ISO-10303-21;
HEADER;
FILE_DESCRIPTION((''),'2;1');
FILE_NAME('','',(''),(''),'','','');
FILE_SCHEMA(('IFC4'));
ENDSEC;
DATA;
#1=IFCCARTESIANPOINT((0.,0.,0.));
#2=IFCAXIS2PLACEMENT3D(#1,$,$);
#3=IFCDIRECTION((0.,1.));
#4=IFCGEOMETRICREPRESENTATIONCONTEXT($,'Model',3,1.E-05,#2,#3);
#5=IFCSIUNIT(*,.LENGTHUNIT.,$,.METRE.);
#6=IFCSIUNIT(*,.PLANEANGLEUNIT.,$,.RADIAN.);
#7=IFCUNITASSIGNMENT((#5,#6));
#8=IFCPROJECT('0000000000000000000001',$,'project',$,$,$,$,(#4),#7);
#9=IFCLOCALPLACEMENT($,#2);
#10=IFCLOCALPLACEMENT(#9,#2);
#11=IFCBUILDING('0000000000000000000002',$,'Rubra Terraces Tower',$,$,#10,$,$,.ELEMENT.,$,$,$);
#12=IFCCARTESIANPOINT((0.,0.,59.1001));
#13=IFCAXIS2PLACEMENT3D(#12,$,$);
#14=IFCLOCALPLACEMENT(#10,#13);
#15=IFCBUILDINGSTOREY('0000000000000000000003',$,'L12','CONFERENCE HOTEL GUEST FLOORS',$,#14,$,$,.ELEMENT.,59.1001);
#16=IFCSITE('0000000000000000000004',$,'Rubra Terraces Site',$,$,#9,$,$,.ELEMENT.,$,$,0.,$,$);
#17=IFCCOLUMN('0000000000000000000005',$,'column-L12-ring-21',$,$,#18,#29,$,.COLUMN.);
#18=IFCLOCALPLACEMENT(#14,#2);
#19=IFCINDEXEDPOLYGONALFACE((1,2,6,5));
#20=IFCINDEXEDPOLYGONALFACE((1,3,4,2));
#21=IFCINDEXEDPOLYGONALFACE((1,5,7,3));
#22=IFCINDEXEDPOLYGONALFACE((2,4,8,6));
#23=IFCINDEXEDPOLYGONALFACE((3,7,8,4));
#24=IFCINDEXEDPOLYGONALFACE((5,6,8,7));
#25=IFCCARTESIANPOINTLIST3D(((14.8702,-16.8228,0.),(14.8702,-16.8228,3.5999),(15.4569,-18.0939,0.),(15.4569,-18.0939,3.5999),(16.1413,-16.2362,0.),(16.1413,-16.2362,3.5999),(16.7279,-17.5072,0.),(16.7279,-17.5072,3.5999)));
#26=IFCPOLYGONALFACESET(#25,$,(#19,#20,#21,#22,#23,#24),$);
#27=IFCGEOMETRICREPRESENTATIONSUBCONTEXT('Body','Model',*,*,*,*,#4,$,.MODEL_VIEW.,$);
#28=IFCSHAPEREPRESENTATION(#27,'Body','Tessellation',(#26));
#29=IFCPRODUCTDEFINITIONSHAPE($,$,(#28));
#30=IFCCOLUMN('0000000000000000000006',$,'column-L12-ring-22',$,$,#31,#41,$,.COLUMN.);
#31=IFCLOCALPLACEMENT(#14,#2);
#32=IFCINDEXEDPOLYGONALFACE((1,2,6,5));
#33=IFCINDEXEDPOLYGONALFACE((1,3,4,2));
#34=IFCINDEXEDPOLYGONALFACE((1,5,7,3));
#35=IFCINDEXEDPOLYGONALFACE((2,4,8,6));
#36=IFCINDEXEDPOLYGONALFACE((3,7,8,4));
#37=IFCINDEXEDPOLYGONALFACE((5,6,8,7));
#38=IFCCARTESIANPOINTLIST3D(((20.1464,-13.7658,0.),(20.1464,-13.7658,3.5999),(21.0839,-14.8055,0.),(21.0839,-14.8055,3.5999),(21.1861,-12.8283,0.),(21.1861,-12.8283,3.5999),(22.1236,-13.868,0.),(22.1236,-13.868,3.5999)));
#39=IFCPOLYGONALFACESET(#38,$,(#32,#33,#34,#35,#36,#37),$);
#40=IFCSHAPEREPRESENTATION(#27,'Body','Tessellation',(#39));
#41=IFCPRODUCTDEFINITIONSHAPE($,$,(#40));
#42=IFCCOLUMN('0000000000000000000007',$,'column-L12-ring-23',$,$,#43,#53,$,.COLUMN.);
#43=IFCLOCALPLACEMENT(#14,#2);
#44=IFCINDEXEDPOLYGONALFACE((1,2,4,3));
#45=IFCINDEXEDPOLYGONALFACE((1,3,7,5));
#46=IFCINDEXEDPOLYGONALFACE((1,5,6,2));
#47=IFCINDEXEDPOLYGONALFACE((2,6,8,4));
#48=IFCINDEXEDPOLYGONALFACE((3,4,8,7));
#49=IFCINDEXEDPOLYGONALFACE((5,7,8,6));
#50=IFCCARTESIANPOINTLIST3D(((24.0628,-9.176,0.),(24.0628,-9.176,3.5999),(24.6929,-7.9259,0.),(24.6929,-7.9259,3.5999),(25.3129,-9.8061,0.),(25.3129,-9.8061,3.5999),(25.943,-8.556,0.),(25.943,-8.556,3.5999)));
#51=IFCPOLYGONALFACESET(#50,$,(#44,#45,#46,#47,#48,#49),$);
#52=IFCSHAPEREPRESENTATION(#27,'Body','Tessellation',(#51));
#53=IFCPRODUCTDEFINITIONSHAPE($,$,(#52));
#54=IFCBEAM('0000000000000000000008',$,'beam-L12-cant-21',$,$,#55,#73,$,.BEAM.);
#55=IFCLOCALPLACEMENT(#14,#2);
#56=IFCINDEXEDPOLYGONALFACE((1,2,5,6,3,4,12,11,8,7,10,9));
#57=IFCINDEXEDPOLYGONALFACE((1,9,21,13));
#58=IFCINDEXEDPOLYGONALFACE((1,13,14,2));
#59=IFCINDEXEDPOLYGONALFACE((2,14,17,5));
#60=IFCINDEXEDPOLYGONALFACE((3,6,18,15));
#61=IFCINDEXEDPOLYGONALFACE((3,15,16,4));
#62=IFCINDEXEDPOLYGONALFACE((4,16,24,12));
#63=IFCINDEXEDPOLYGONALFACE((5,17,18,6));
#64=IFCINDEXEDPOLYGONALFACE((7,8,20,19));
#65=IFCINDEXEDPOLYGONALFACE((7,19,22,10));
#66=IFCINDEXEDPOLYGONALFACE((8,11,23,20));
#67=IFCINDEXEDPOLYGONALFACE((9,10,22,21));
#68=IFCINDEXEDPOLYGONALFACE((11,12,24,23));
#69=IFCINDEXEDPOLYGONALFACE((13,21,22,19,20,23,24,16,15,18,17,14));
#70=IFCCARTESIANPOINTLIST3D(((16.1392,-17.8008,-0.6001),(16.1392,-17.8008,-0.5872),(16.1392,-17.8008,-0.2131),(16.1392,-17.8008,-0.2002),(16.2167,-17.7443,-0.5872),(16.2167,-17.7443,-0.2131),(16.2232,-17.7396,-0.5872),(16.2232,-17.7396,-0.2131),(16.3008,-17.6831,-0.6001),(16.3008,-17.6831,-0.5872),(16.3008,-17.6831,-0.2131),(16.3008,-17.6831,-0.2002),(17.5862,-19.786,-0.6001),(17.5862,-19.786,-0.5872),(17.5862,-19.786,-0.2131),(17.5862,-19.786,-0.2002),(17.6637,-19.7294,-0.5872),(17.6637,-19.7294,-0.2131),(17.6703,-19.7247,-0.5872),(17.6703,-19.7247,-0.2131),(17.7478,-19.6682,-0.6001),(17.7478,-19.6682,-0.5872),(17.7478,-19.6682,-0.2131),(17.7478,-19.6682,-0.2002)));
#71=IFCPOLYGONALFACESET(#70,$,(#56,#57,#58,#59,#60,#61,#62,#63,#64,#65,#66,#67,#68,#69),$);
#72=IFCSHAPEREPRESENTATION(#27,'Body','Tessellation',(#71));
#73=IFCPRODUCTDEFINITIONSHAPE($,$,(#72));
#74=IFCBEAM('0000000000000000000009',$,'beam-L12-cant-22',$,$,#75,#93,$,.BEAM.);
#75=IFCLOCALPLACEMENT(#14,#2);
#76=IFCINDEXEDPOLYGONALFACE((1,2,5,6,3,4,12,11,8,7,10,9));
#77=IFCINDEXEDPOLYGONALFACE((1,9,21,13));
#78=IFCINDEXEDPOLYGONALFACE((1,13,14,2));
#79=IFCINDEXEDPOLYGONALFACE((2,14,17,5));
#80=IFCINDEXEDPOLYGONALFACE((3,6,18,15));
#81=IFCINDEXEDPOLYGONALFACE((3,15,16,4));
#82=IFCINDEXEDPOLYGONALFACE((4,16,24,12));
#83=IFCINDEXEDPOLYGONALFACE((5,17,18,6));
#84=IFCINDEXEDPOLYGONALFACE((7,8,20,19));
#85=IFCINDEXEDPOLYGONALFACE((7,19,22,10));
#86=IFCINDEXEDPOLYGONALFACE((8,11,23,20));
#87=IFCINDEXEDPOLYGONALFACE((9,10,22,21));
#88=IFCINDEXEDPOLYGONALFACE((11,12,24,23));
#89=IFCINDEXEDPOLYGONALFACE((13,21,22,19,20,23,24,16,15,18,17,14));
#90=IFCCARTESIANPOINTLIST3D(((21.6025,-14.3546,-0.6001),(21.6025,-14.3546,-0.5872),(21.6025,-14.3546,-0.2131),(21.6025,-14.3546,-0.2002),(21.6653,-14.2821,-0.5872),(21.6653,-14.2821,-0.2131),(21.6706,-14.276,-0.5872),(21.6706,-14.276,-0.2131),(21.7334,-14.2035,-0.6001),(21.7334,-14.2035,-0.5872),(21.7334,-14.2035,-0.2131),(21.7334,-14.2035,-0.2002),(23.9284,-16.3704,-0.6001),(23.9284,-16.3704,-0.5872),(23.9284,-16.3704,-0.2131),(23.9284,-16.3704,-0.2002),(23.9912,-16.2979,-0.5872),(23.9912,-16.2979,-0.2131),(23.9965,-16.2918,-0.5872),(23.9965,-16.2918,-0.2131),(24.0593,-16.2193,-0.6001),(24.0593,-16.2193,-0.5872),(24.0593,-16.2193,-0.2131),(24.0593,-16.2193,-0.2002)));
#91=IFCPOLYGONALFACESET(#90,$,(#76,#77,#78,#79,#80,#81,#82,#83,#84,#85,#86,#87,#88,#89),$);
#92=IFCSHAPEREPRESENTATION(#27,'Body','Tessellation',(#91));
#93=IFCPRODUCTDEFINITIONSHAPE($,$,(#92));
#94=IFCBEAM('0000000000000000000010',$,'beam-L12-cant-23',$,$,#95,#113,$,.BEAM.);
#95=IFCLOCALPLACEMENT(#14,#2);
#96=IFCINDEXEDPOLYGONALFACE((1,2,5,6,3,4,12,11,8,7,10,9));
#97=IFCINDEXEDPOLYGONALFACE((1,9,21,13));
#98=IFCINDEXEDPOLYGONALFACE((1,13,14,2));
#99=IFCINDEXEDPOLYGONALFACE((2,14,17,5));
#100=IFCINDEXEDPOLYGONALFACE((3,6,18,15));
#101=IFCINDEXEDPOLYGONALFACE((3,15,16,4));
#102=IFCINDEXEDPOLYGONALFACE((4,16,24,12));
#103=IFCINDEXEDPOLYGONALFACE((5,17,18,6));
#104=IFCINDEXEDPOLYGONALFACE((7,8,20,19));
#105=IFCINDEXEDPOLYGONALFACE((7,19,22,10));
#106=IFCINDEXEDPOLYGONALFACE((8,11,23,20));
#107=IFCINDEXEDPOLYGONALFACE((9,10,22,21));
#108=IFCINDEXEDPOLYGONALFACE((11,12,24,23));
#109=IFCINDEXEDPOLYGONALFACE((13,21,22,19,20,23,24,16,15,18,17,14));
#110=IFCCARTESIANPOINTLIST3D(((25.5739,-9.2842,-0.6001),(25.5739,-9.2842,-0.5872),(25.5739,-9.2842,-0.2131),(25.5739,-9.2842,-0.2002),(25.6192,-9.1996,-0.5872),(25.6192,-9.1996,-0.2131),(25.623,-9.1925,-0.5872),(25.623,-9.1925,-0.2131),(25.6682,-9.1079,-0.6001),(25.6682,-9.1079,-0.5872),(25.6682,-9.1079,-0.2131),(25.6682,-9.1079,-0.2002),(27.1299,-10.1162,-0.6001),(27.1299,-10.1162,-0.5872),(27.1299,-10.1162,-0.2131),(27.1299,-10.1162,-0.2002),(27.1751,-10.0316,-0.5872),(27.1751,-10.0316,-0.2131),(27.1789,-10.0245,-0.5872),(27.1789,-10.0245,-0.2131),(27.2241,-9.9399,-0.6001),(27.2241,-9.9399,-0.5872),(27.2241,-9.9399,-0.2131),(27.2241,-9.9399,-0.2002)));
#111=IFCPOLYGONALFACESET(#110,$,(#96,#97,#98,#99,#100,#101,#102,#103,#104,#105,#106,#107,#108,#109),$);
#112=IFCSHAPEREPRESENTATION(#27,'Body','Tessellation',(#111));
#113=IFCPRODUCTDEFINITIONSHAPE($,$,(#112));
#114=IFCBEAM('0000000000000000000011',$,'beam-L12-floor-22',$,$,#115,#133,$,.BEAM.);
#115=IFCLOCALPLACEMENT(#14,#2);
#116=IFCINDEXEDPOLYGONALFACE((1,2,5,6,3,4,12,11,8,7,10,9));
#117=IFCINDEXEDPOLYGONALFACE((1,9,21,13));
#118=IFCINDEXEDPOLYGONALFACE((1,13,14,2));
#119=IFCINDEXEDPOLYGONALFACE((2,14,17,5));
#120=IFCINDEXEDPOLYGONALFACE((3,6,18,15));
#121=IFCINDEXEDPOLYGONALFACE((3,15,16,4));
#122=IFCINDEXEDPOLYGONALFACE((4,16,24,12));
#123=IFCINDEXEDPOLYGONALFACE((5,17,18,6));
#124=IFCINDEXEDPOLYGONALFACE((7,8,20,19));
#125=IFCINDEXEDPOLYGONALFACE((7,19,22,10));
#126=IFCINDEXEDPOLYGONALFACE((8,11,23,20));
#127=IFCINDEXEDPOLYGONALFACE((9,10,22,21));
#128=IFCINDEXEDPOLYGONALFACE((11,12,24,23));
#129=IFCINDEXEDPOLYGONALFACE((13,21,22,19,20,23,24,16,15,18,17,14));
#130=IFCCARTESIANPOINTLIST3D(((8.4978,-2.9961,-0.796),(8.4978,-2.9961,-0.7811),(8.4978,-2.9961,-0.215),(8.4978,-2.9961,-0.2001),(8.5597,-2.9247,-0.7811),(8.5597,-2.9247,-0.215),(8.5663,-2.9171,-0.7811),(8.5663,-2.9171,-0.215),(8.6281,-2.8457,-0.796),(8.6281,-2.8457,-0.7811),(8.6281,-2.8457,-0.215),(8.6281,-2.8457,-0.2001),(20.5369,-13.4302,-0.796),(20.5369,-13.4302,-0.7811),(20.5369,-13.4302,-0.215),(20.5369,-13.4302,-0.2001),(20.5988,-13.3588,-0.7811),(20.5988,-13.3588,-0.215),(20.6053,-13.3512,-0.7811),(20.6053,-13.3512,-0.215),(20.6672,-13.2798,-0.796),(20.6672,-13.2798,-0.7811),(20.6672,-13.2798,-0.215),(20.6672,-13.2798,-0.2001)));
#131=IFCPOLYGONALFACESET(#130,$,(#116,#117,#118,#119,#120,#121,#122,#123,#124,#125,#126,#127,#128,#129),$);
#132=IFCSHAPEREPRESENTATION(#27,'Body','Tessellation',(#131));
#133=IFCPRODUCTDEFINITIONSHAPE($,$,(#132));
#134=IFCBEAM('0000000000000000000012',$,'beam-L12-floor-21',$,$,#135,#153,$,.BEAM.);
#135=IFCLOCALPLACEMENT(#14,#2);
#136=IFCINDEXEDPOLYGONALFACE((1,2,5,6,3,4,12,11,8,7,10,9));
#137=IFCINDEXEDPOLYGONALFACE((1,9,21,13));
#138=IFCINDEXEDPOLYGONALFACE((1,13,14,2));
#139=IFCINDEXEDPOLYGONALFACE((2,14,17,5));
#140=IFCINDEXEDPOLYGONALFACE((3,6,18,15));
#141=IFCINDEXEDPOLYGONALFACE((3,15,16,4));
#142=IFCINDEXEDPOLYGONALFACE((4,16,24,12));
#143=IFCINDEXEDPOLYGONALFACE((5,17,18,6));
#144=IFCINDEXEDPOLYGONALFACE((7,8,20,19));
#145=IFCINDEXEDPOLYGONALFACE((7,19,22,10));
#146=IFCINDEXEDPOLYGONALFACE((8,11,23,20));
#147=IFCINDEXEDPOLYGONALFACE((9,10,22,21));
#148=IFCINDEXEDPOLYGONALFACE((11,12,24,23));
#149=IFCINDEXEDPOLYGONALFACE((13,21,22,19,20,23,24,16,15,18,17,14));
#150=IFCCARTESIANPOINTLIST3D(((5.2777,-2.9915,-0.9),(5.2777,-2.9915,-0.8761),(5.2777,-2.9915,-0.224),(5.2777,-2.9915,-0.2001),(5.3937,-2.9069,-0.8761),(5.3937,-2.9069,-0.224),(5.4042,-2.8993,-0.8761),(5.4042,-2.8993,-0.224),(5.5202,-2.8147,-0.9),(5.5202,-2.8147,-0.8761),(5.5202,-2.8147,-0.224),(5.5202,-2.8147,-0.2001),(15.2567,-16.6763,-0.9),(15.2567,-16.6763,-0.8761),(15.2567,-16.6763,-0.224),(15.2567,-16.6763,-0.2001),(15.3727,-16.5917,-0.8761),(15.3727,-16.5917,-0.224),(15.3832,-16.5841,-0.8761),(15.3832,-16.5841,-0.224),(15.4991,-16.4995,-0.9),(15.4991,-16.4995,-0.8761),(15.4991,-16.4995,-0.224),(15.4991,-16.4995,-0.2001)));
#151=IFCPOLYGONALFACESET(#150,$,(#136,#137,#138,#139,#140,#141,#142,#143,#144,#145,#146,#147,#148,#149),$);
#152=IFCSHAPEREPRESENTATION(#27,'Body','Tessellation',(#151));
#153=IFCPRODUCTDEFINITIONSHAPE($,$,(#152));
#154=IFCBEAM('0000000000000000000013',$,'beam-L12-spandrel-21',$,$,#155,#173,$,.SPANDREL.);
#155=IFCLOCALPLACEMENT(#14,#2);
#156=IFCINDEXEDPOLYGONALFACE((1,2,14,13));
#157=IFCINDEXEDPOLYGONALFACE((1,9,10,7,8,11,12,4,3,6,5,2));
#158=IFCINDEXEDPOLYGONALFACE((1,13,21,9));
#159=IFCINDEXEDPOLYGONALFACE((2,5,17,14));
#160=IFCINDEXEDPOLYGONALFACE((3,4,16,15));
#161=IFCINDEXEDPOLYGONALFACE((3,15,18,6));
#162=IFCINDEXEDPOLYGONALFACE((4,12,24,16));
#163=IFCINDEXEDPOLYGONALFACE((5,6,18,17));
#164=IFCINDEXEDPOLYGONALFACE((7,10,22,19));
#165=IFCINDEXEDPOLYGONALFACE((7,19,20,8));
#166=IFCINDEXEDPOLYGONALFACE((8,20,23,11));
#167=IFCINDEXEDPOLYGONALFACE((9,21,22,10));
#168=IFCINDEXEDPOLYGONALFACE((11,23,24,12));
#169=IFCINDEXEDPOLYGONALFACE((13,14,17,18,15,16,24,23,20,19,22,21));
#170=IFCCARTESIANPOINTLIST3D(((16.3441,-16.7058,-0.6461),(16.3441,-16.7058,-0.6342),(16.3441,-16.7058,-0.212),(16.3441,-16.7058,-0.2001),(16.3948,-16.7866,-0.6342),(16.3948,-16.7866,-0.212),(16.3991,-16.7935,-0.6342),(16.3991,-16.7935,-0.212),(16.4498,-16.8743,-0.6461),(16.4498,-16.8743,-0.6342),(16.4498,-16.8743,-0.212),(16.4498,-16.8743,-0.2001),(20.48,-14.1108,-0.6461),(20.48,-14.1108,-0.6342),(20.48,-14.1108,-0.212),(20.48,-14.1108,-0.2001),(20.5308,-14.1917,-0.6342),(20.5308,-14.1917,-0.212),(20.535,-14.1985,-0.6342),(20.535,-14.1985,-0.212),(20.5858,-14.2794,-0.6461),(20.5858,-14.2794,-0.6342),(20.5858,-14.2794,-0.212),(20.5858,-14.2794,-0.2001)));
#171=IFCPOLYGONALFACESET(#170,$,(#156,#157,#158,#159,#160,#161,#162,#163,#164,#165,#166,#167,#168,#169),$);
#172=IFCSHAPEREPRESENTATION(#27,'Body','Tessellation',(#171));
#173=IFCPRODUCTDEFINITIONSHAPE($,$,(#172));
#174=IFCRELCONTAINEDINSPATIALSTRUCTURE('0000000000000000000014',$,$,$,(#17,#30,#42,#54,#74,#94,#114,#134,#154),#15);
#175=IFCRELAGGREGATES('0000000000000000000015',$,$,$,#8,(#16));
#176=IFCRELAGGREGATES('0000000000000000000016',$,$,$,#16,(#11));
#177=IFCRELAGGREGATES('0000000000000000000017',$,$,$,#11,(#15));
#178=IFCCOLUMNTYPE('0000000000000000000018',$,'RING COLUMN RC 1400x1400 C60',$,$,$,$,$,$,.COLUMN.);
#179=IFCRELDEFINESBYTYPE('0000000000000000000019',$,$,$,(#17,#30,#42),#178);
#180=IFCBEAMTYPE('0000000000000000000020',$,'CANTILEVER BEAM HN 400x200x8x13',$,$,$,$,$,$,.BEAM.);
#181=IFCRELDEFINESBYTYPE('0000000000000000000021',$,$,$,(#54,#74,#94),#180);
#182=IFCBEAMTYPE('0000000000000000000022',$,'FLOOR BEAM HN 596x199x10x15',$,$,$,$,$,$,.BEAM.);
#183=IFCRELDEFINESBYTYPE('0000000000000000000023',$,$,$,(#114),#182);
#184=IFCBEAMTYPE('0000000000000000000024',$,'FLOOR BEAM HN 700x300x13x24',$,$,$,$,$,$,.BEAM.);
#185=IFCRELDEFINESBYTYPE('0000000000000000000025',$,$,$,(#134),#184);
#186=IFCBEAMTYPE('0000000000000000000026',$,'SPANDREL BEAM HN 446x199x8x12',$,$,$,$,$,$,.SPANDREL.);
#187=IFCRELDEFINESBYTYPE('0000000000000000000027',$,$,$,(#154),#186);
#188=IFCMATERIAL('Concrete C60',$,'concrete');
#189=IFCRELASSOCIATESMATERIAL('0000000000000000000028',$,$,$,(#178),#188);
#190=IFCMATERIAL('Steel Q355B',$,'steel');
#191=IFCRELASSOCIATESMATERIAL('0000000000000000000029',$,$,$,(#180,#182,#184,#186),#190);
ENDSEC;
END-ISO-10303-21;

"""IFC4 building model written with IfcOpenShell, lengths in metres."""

from ifc_helpers import new_model, si_unit, direction, frame, origin, origin_2d, place, context, subcontext, project, spatial, rectangle, i_section, extrude, material, material_profile, profile_set, type_object, element, save


model = new_model("IFC4")

# Units and contexts
model_context = context("Model", 3, precision=1e-05, world=origin(), true_north=direction((0.0, 1.0)))
body_context = subcontext(model_context, "Body", "Model", "MODEL_VIEW")
ifc_project = project(units=[si_unit("LENGTHUNIT", "METRE"), si_unit("PLANEANGLEUNIT", "RADIAN")], contexts=[model_context])

# Site, building, storey
site_placement = place(None, origin())
site = spatial("IfcSite", under=ifc_project, at=site_placement, Name="Rubra Terraces Site", CompositionType="ELEMENT", RefElevation=0.0)
building_placement = place(site_placement, origin())
building = spatial("IfcBuilding", under=site, at=building_placement, Name="Rubra Terraces Tower", CompositionType="ELEMENT")
storey_placement = place(building_placement, frame((0.0, 0.0, 59.1001)))
storey = spatial("IfcBuildingStorey", under=building, at=storey_placement, Name="L12", Description="CONFERENCE HOTEL GUEST FLOORS", CompositionType="ELEMENT", Elevation=59.1001)

# Columns
ifc_material_1 = material(Name="Concrete C60", Category="concrete")
ifc_material_profile_1 = material_profile(ifc_material_1, rectangle(XDim=1.3999, YDim=1.3999, at=origin_2d()), Name="RC 1400x1400")
ifc_profile_set_1 = profile_set([ifc_material_profile_1], Name="Concrete C60")
column_type = type_object("IfcColumnType", Name="RING COLUMN RC 1400x1400 C60", PredefinedType="COLUMN", material=ifc_profile_set_1)
for number, where, z_axis, x_axis, name in (
    (1, (15.7991, -17.165, 0.0), (0.0, 0.0, 1.0), (0.907952, 0.419073, 0.0), "column-L12-ring-21"),
    (2, (21.135, -13.8169, 0.0), (0.0, 0.0, 1.0), (0.742676, 0.669651, 0.0), "column-L12-ring-22"),
    (3, (25.0029, -8.866, 0.0), (0.0, 0.0, 1.0), (0.450099, 0.892979, 0.0), "column-L12-ring-23"),
):
    element("IfcColumn", number, at=place(storey_placement, frame(where, z_axis=z_axis, x_axis=x_axis)), inside=storey, type_object=column_type, Name=name, PredefinedType="COLUMN", context=body_context, shape_type="SweptSolid", body=[
        extrude(rectangle(XDim=1.3999, YDim=1.3999, at=origin_2d()), origin(), (0.0, 0.0, 1.0), 3.5999),
    ])

# Beams
ifc_material_2 = material(Name="Steel Q355B", Category="steel")
ifc_material_profile_2 = material_profile(ifc_material_2, i_section(OverallWidth=0.2, OverallDepth=0.3999, WebThickness=0.0081, FlangeThickness=0.0129, at=origin_2d()), Name="HN 400x200x8x13")
ifc_profile_set_2 = profile_set([ifc_material_profile_2], Name="Steel Q355B")
beam_type_1 = type_object("IfcBeamType", Name="CANTILEVER BEAM HN 400x200x8x13", PredefinedType="BEAM", material=ifc_profile_set_2)
beam_1_placement = place(storey_placement, frame((16.22, -17.7419, -0.4001), z_axis=(0.589052, -0.808095, 0.0), x_axis=(0.808095, 0.589052, 0.0)))
element("IfcBeam", 4, at=beam_1_placement, inside=storey, type_object=beam_type_1, Name="beam-L12-cant-21", PredefinedType="BEAM", context=body_context, shape_type="SweptSolid", body=[
    extrude(i_section(OverallWidth=0.2, OverallDepth=0.3999, WebThickness=0.0081, FlangeThickness=0.0129, at=origin_2d()), origin(), (0.0, 0.0, 1.0), 2.4565),
])
beam_2_placement = place(storey_placement, frame((21.668, -14.2791, -0.4001), z_axis=(0.755679, -0.654943, 0.0), x_axis=(0.654943, 0.755679, 0.0)))
element("IfcBeam", 5, at=beam_2_placement, inside=storey, type_object=beam_type_1, Name="beam-L12-cant-22", PredefinedType="BEAM", context=body_context, shape_type="SweptSolid", body=[
    extrude(i_section(OverallWidth=0.2, OverallDepth=0.3999, WebThickness=0.0081, FlangeThickness=0.0129, at=origin_2d()), origin(), (0.0, 0.0, 1.0), 3.0779),
])
beam_3_placement = place(storey_placement, frame((25.6211, -9.196, -0.4001), z_axis=(0.881831, -0.471565, 0.0), x_axis=(0.471565, 0.881831, 0.0)))
element("IfcBeam", 6, at=beam_3_placement, inside=storey, type_object=beam_type_1, Name="beam-L12-cant-23", PredefinedType="BEAM", context=body_context, shape_type="SweptSolid", body=[
    extrude(i_section(OverallWidth=0.2, OverallDepth=0.3999, WebThickness=0.0081, FlangeThickness=0.0129, at=origin_2d()), origin(), (0.0, 0.0, 1.0), 1.7644),
])
ifc_material_profile_3 = material_profile(ifc_material_2, i_section(OverallWidth=0.199, OverallDepth=0.5959, WebThickness=0.01, FlangeThickness=0.0149, at=origin_2d()), Name="HN 596x199x10x15")
ifc_profile_set_3 = profile_set([ifc_material_profile_3], Name="Steel Q355B")
beam_type_2 = type_object("IfcBeamType", Name="FLOOR BEAM HN 596x199x10x15", PredefinedType="BEAM", material=ifc_profile_set_3)
beam_4_placement = place(storey_placement, frame((20.6021, -13.355, -0.498), z_axis=(-0.755682, 0.654939, 0.0), x_axis=(-0.654939, -0.755682, 0.0)))
element("IfcBeam", 7, at=beam_4_placement, inside=storey, type_object=beam_type_2, Name="beam-L12-floor-22", PredefinedType="BEAM", context=body_context, shape_type="SweptSolid", body=[
    extrude(i_section(OverallWidth=0.199, OverallDepth=0.5959, WebThickness=0.01, FlangeThickness=0.0149, at=origin_2d()), origin(), (0.0, 0.0, 1.0), 15.9314),
])
ifc_material_profile_4 = material_profile(ifc_material_2, i_section(OverallWidth=0.3, OverallDepth=0.7, WebThickness=0.0129, FlangeThickness=0.0239, at=origin_2d()), Name="HN 700x300x13x24")
ifc_profile_set_4 = profile_set([ifc_material_profile_4], Name="Steel Q355B")
beam_type_3 = type_object("IfcBeamType", Name="FLOOR BEAM HN 700x300x13x24", PredefinedType="BEAM", material=ifc_profile_set_4)
beam_5_placement = place(storey_placement, frame((15.3779, -16.5879, -0.55), z_axis=(-0.589191, 0.807994, 0.0), x_axis=(-0.807994, -0.589191, 0.0)))
element("IfcBeam", 8, at=beam_5_placement, inside=storey, type_object=beam_type_3, Name="beam-L12-floor-21", PredefinedType="BEAM", context=body_context, shape_type="SweptSolid", body=[
    extrude(i_section(OverallWidth=0.3, OverallDepth=0.7, WebThickness=0.0129, FlangeThickness=0.0239, at=origin_2d()), origin(), (0.0, 0.0, 1.0), 16.9368),
])
ifc_material_profile_5 = material_profile(ifc_material_2, i_section(OverallWidth=0.199, OverallDepth=0.446, WebThickness=0.0081, FlangeThickness=0.012, at=origin_2d()), Name="HN 446x199x8x12")
ifc_profile_set_5 = profile_set([ifc_material_profile_5], Name="Steel Q355B")
beam_type_4 = type_object("IfcBeamType", Name="SPANDREL BEAM HN 446x199x8x12", PredefinedType="SPANDREL", material=ifc_profile_set_5)
beam_6_placement = place(storey_placement, frame((16.397, -16.79, -0.4231), z_axis=(0.847078, 0.531468, 0.0), x_axis=(-0.531468, 0.847078, 0.0)))
element("IfcBeam", 9, at=beam_6_placement, inside=storey, type_object=beam_type_4, Name="beam-L12-spandrel-21", PredefinedType="SPANDREL", context=body_context, shape_type="SweptSolid", body=[
    extrude(i_section(OverallWidth=0.199, OverallDepth=0.446, WebThickness=0.0081, FlangeThickness=0.012, at=origin_2d()), origin(), (0.0, 0.0, 1.0), 4.8826),
])

save(model, "model.ifc")
